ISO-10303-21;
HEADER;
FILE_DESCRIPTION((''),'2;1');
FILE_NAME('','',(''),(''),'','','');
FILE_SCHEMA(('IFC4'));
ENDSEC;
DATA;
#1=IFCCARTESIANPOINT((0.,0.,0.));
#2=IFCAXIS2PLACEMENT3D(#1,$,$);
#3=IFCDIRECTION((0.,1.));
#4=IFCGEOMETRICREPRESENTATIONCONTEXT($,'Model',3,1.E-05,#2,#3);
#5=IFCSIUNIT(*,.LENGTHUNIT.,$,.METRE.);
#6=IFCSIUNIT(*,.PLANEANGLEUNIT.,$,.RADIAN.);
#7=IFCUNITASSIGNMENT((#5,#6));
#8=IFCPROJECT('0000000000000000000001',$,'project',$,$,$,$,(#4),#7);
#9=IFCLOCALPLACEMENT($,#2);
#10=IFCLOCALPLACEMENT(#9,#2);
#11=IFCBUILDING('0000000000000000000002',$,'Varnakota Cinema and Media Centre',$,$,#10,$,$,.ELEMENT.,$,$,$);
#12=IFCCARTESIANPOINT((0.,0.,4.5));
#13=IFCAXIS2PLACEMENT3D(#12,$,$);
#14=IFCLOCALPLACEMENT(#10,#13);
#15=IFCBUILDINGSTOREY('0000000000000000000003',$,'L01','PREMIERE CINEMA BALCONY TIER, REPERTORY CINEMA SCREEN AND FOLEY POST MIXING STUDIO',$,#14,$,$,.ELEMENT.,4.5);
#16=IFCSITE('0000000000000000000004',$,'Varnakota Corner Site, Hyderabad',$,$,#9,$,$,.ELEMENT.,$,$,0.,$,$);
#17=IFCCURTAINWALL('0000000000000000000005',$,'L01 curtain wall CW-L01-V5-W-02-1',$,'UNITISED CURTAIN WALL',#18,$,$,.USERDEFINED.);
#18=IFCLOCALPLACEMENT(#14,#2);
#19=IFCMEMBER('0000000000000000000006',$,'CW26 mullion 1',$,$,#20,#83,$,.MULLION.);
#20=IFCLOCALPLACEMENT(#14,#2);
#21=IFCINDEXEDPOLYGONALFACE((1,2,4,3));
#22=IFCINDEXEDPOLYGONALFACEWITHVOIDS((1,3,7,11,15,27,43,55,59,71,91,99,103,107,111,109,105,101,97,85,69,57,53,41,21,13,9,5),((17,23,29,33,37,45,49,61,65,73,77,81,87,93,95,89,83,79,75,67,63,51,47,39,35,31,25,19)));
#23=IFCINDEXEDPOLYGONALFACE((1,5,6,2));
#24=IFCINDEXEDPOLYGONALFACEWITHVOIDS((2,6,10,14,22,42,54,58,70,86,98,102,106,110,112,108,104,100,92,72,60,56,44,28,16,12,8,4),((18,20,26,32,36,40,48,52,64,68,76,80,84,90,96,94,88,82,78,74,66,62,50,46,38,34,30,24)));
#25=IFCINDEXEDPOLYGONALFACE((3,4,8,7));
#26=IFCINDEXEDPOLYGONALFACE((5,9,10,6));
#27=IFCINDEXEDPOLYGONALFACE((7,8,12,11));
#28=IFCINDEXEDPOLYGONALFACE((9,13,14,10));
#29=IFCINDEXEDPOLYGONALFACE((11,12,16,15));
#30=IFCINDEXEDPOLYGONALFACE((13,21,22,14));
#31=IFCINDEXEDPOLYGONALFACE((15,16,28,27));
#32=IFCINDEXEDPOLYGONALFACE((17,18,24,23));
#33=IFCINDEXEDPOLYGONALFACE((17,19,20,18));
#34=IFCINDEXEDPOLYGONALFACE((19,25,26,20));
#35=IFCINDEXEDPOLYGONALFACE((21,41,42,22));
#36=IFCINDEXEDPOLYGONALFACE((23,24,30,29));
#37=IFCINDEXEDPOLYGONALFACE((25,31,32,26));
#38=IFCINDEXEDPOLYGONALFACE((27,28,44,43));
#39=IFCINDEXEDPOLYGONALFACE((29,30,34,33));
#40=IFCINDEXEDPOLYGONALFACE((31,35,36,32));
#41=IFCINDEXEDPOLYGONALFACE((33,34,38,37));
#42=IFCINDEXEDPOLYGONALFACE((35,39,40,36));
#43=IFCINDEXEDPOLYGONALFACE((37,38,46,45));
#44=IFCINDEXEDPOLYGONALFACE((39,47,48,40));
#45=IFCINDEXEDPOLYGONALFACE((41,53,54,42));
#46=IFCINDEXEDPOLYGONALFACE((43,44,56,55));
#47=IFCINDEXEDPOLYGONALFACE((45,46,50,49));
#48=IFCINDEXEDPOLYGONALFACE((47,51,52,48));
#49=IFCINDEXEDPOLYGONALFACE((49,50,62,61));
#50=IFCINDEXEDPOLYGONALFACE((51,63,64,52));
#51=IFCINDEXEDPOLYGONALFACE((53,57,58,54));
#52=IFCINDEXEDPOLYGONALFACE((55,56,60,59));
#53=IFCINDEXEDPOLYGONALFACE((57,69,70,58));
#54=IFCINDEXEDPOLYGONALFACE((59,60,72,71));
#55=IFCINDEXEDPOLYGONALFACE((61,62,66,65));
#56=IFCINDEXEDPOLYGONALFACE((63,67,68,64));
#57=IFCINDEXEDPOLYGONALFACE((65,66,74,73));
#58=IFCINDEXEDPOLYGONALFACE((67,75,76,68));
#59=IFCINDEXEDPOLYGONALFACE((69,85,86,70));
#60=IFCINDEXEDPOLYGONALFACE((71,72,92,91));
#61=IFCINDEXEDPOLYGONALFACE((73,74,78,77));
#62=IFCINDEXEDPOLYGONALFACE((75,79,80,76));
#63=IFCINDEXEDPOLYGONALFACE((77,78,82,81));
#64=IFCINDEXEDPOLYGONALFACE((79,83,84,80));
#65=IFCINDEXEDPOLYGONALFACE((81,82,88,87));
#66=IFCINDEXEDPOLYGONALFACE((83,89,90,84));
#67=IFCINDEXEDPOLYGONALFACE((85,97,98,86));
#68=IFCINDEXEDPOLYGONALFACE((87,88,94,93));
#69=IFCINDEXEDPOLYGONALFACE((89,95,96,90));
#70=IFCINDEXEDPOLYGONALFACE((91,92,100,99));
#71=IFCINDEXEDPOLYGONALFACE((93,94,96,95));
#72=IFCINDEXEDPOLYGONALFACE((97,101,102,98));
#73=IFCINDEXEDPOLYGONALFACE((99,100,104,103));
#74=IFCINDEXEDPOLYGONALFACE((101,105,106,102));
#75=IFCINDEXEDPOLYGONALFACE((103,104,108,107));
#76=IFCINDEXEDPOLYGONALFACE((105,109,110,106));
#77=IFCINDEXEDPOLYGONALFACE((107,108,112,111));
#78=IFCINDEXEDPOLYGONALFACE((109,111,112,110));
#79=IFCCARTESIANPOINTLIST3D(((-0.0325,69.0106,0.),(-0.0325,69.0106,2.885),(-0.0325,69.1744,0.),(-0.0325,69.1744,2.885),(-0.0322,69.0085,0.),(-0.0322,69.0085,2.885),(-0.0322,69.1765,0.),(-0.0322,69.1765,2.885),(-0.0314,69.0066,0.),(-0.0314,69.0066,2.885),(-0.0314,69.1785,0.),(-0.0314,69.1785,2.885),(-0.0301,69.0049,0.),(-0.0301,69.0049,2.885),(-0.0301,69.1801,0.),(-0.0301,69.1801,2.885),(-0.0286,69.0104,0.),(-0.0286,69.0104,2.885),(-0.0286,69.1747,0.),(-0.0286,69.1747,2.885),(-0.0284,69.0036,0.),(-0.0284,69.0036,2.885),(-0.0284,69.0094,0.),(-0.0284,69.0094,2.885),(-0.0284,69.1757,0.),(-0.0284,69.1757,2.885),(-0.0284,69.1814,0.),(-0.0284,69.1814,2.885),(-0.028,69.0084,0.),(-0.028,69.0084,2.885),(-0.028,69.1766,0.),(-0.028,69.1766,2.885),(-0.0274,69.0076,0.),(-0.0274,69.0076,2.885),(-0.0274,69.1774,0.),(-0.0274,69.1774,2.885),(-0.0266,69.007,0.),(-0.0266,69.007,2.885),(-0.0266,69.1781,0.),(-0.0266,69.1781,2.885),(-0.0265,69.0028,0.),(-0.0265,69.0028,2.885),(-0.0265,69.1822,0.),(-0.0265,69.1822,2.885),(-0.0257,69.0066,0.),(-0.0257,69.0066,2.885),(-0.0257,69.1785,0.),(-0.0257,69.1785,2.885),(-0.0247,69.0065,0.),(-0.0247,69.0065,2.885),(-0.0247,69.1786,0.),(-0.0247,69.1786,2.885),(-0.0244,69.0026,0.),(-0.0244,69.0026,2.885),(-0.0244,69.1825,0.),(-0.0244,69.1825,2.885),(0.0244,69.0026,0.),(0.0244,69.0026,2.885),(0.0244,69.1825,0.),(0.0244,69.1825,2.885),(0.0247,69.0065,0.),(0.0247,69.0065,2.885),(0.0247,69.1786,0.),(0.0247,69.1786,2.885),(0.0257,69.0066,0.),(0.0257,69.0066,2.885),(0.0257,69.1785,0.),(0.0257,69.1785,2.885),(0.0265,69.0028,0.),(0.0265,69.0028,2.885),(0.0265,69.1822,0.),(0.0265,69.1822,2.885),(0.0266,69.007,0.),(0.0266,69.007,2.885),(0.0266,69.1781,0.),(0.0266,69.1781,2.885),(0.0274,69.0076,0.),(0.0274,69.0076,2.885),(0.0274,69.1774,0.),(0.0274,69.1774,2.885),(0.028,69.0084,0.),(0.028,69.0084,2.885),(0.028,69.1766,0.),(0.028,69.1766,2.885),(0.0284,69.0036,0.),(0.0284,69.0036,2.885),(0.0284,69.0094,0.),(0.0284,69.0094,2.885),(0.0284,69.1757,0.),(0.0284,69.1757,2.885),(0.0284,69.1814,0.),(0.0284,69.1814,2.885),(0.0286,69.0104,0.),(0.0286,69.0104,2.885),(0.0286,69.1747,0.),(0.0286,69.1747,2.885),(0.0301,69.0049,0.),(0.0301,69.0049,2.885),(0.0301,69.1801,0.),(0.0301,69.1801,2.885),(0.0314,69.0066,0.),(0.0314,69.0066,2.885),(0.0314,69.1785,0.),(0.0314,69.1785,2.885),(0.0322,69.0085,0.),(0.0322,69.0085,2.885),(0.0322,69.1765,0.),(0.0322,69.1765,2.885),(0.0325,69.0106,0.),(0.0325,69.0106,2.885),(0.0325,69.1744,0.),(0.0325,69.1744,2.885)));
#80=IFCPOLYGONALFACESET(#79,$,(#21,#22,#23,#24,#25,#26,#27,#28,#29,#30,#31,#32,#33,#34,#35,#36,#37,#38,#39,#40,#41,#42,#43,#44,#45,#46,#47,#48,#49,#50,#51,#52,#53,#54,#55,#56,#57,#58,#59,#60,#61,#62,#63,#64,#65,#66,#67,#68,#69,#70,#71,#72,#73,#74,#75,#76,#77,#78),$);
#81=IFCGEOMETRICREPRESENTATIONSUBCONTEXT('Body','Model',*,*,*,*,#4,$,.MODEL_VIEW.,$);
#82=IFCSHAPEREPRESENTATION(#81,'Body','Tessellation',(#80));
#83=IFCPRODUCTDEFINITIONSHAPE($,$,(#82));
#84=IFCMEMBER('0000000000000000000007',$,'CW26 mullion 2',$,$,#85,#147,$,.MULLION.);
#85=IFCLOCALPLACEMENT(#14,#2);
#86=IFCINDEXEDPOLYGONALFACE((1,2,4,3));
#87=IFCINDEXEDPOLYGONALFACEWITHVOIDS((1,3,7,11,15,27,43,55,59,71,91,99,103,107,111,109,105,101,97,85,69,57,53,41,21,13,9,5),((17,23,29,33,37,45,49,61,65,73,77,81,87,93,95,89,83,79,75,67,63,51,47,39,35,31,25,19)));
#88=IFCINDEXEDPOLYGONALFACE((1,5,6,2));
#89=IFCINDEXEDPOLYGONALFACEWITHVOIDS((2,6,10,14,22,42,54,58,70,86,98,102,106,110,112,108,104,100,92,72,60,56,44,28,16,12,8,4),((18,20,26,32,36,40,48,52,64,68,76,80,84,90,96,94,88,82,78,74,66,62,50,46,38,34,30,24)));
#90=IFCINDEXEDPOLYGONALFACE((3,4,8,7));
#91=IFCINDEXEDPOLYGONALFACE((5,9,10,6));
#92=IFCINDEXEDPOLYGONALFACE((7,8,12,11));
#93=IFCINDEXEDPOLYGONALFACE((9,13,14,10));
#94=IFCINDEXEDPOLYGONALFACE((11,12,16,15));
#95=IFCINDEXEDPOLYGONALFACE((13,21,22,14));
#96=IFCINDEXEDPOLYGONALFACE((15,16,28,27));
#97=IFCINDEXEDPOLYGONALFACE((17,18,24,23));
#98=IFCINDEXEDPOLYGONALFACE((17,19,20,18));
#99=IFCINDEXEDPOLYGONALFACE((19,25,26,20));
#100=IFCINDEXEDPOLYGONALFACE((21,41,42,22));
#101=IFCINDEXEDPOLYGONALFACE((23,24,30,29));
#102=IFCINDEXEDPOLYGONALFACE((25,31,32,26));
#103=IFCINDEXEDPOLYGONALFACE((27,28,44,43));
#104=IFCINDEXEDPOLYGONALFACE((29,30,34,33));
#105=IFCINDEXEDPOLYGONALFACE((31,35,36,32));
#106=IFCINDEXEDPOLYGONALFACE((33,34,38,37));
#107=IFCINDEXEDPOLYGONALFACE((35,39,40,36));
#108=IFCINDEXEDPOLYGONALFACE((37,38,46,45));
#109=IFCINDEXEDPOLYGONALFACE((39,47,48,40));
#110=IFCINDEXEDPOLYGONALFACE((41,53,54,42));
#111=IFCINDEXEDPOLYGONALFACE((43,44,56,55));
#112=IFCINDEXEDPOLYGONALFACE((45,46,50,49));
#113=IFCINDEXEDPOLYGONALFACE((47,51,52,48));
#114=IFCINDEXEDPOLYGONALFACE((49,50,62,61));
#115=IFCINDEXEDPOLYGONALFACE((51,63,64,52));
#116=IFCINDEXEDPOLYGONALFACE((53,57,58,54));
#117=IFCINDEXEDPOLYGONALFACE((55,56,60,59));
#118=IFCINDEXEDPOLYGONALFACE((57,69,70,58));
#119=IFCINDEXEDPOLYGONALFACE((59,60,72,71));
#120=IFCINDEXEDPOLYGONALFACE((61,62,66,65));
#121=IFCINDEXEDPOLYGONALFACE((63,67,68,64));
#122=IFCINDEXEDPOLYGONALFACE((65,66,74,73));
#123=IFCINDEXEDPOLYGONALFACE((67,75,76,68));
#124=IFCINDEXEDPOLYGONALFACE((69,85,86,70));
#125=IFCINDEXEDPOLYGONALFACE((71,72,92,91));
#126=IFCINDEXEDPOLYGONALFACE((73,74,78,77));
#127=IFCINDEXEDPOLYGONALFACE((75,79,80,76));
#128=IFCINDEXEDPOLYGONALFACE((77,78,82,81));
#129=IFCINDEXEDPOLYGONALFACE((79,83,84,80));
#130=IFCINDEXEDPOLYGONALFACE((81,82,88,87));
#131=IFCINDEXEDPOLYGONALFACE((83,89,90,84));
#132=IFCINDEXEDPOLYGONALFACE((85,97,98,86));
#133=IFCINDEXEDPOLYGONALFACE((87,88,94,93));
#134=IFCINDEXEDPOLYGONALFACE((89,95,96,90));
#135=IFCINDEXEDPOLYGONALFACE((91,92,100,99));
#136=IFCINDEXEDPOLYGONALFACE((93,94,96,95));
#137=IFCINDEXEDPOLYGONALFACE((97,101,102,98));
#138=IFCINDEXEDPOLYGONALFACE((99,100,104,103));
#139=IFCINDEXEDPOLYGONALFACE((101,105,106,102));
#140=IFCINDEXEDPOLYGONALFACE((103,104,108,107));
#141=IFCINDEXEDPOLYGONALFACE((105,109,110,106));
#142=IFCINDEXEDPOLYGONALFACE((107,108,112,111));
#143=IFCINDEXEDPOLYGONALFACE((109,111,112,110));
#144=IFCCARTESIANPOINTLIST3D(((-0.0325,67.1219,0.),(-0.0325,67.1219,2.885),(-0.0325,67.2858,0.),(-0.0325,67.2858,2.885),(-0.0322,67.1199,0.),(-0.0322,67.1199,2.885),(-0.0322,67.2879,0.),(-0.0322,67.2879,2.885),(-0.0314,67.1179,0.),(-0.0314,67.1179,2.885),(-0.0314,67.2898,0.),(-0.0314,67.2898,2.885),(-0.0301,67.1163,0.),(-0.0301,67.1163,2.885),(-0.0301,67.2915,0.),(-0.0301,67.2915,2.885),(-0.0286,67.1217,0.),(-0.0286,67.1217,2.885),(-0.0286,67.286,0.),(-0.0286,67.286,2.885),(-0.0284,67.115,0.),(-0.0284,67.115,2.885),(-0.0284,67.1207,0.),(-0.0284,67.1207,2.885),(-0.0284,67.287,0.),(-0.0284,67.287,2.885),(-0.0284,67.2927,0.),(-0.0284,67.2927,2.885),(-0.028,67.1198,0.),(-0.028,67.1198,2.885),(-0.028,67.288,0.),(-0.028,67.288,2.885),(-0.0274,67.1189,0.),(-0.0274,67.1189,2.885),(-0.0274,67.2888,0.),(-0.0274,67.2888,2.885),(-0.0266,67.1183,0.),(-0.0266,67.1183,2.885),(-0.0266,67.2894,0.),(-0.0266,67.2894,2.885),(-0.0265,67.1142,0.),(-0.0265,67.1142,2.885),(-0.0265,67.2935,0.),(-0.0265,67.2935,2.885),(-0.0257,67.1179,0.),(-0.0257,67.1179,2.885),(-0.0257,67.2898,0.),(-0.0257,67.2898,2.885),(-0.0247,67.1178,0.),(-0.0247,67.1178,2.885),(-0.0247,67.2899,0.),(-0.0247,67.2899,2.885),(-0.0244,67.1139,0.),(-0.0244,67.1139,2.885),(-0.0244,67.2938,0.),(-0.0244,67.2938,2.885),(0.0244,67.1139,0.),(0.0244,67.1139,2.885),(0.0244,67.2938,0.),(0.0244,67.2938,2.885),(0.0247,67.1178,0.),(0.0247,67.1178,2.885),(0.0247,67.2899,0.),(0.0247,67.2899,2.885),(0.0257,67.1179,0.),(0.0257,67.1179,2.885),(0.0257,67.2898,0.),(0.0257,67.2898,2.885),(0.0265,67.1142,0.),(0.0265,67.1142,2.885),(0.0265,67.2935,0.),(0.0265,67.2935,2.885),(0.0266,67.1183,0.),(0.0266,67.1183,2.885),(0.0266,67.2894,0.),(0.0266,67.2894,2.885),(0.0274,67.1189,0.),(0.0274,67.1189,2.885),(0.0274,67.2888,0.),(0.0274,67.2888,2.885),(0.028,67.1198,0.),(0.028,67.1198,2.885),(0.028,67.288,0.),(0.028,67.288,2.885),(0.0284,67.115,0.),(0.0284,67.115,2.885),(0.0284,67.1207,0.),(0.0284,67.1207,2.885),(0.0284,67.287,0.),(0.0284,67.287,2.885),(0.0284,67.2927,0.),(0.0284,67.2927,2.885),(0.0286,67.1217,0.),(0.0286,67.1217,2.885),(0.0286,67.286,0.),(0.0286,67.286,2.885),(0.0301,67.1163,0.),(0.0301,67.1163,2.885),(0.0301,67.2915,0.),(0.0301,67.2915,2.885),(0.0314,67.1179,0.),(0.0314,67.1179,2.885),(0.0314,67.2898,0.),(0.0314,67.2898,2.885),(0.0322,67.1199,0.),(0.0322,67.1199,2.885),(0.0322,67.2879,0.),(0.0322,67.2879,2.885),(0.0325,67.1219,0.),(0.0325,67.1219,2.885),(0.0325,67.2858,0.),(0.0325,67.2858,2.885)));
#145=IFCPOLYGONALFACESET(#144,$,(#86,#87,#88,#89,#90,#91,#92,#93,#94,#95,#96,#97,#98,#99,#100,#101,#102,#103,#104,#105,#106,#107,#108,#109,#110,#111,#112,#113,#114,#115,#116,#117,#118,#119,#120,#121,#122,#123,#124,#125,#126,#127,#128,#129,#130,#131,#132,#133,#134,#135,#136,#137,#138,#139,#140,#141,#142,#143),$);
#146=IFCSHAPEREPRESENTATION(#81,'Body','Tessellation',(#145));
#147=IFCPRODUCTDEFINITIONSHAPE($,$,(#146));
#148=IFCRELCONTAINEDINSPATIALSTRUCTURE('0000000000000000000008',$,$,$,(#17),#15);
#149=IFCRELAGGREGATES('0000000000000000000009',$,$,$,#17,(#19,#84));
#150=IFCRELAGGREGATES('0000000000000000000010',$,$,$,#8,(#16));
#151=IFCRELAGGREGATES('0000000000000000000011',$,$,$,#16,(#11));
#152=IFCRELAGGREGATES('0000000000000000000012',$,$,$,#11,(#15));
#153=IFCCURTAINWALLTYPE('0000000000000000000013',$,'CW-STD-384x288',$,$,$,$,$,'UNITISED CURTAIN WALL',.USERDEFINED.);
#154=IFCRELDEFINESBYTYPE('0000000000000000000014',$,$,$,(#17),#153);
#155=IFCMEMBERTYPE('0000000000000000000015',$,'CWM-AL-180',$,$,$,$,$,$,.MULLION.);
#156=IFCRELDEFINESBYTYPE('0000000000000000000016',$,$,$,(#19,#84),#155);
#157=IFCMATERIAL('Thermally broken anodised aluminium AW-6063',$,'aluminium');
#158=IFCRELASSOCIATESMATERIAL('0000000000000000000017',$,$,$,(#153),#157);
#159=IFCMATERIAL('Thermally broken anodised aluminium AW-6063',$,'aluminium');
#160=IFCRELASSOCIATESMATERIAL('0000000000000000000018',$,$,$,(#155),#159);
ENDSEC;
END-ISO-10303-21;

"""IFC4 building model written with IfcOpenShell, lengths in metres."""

from ifc_helpers import new_model, si_unit, direction, frame, origin, origin_2d, place, context, subcontext, project, spatial, hollow_rectangle, extrude, material, material_profile, profile_set, type_object, element, aggregate, save


model = new_model("IFC4")

# Units and contexts
model_context = context("Model", 3, precision=1e-05, world=origin(), true_north=direction((0.0, 1.0)))
body_context = subcontext(model_context, "Body", "Model", "MODEL_VIEW")
ifc_project = project(units=[si_unit("LENGTHUNIT", "METRE"), si_unit("PLANEANGLEUNIT", "RADIAN")], contexts=[model_context])

# Site, building, storey
site_placement = place(None, origin())
site = spatial("IfcSite", under=ifc_project, at=site_placement, Name="Varnakota Corner Site, Hyderabad", CompositionType="ELEMENT", RefElevation=0.0)
building_placement = place(site_placement, origin())
building = spatial("IfcBuilding", under=site, at=building_placement, Name="Varnakota Cinema and Media Centre", CompositionType="ELEMENT")
storey_placement = place(building_placement, frame((0.0, 0.0, 4.5)))
storey = spatial("IfcBuildingStorey", under=building, at=storey_placement, Name="L01", Description="PREMIERE CINEMA BALCONY TIER, REPERTORY CINEMA SCREEN AND FOLEY POST MIXING STUDIO", CompositionType="ELEMENT", Elevation=4.5)

# Curtain wall, members
ifc_material_1 = material(Name="Thermally broken anodised aluminium AW-6063", Category="aluminium")
curtain_wall_type = type_object("IfcCurtainWallType", Name="CW-STD-384x288", ElementType="UNITISED CURTAIN WALL", PredefinedType="USERDEFINED", material=ifc_material_1)
curtain_wall_1_placement = place(storey_placement, origin())
curtain_wall_1 = element("IfcCurtainWall", 1, at=curtain_wall_1_placement, inside=storey, type_object=curtain_wall_type, Name="L01 curtain wall CW-L01-V5-W-02-1", ObjectType="UNITISED CURTAIN WALL", PredefinedType="USERDEFINED")
ifc_material_2 = material(Name="Thermally broken anodised aluminium AW-6063", Category="aluminium")
ifc_material_profile_1 = material_profile(ifc_material_2, hollow_rectangle(XDim=0.0649, YDim=0.1799, WallThickness=0.0039, InnerFilletRadius=0.0039, OuterFilletRadius=0.0081, at=origin_2d()), Name="AL-MULLION 180x65x4")
ifc_profile_set_1 = profile_set([ifc_material_profile_1], Name="Thermally broken anodised aluminium AW-6063")
member_type_1 = type_object("IfcMemberType", Name="CWM-AL-180", PredefinedType="MULLION", material=ifc_profile_set_1)
member_1_placement = place(storey_placement, frame((0.0, 69.0925, 0.0), z_axis=(0.0, 0.0, 1.0), x_axis=(1.0, 0.0, 0.0)))
member_1 = element("IfcMember", 2, at=member_1_placement, type_object=member_type_1, Name="CW26 mullion 1", PredefinedType="MULLION", context=body_context, shape_type="SweptSolid", body=[
    extrude(hollow_rectangle(XDim=0.0649, YDim=0.1799, WallThickness=0.0039, InnerFilletRadius=0.0039, OuterFilletRadius=0.0081, at=origin_2d()), origin(), (0.0, 0.0, 1.0), 2.885),
])
member_2_placement = place(storey_placement, frame((0.0, 67.2039, 0.0), z_axis=(0.0, 0.0, 1.0), x_axis=(1.0, 0.0, 0.0)))
member_2 = element("IfcMember", 3, at=member_2_placement, type_object=member_type_1, Name="CW26 mullion 2", PredefinedType="MULLION", context=body_context, shape_type="SweptSolid", body=[
    extrude(hollow_rectangle(XDim=0.0649, YDim=0.1799, WallThickness=0.0039, InnerFilletRadius=0.0039, OuterFilletRadius=0.0081, at=origin_2d()), origin(), (0.0, 0.0, 1.0), 2.885),
])

aggregate(curtain_wall_1, [member_1, member_2])

save(model, "model.ifc")
